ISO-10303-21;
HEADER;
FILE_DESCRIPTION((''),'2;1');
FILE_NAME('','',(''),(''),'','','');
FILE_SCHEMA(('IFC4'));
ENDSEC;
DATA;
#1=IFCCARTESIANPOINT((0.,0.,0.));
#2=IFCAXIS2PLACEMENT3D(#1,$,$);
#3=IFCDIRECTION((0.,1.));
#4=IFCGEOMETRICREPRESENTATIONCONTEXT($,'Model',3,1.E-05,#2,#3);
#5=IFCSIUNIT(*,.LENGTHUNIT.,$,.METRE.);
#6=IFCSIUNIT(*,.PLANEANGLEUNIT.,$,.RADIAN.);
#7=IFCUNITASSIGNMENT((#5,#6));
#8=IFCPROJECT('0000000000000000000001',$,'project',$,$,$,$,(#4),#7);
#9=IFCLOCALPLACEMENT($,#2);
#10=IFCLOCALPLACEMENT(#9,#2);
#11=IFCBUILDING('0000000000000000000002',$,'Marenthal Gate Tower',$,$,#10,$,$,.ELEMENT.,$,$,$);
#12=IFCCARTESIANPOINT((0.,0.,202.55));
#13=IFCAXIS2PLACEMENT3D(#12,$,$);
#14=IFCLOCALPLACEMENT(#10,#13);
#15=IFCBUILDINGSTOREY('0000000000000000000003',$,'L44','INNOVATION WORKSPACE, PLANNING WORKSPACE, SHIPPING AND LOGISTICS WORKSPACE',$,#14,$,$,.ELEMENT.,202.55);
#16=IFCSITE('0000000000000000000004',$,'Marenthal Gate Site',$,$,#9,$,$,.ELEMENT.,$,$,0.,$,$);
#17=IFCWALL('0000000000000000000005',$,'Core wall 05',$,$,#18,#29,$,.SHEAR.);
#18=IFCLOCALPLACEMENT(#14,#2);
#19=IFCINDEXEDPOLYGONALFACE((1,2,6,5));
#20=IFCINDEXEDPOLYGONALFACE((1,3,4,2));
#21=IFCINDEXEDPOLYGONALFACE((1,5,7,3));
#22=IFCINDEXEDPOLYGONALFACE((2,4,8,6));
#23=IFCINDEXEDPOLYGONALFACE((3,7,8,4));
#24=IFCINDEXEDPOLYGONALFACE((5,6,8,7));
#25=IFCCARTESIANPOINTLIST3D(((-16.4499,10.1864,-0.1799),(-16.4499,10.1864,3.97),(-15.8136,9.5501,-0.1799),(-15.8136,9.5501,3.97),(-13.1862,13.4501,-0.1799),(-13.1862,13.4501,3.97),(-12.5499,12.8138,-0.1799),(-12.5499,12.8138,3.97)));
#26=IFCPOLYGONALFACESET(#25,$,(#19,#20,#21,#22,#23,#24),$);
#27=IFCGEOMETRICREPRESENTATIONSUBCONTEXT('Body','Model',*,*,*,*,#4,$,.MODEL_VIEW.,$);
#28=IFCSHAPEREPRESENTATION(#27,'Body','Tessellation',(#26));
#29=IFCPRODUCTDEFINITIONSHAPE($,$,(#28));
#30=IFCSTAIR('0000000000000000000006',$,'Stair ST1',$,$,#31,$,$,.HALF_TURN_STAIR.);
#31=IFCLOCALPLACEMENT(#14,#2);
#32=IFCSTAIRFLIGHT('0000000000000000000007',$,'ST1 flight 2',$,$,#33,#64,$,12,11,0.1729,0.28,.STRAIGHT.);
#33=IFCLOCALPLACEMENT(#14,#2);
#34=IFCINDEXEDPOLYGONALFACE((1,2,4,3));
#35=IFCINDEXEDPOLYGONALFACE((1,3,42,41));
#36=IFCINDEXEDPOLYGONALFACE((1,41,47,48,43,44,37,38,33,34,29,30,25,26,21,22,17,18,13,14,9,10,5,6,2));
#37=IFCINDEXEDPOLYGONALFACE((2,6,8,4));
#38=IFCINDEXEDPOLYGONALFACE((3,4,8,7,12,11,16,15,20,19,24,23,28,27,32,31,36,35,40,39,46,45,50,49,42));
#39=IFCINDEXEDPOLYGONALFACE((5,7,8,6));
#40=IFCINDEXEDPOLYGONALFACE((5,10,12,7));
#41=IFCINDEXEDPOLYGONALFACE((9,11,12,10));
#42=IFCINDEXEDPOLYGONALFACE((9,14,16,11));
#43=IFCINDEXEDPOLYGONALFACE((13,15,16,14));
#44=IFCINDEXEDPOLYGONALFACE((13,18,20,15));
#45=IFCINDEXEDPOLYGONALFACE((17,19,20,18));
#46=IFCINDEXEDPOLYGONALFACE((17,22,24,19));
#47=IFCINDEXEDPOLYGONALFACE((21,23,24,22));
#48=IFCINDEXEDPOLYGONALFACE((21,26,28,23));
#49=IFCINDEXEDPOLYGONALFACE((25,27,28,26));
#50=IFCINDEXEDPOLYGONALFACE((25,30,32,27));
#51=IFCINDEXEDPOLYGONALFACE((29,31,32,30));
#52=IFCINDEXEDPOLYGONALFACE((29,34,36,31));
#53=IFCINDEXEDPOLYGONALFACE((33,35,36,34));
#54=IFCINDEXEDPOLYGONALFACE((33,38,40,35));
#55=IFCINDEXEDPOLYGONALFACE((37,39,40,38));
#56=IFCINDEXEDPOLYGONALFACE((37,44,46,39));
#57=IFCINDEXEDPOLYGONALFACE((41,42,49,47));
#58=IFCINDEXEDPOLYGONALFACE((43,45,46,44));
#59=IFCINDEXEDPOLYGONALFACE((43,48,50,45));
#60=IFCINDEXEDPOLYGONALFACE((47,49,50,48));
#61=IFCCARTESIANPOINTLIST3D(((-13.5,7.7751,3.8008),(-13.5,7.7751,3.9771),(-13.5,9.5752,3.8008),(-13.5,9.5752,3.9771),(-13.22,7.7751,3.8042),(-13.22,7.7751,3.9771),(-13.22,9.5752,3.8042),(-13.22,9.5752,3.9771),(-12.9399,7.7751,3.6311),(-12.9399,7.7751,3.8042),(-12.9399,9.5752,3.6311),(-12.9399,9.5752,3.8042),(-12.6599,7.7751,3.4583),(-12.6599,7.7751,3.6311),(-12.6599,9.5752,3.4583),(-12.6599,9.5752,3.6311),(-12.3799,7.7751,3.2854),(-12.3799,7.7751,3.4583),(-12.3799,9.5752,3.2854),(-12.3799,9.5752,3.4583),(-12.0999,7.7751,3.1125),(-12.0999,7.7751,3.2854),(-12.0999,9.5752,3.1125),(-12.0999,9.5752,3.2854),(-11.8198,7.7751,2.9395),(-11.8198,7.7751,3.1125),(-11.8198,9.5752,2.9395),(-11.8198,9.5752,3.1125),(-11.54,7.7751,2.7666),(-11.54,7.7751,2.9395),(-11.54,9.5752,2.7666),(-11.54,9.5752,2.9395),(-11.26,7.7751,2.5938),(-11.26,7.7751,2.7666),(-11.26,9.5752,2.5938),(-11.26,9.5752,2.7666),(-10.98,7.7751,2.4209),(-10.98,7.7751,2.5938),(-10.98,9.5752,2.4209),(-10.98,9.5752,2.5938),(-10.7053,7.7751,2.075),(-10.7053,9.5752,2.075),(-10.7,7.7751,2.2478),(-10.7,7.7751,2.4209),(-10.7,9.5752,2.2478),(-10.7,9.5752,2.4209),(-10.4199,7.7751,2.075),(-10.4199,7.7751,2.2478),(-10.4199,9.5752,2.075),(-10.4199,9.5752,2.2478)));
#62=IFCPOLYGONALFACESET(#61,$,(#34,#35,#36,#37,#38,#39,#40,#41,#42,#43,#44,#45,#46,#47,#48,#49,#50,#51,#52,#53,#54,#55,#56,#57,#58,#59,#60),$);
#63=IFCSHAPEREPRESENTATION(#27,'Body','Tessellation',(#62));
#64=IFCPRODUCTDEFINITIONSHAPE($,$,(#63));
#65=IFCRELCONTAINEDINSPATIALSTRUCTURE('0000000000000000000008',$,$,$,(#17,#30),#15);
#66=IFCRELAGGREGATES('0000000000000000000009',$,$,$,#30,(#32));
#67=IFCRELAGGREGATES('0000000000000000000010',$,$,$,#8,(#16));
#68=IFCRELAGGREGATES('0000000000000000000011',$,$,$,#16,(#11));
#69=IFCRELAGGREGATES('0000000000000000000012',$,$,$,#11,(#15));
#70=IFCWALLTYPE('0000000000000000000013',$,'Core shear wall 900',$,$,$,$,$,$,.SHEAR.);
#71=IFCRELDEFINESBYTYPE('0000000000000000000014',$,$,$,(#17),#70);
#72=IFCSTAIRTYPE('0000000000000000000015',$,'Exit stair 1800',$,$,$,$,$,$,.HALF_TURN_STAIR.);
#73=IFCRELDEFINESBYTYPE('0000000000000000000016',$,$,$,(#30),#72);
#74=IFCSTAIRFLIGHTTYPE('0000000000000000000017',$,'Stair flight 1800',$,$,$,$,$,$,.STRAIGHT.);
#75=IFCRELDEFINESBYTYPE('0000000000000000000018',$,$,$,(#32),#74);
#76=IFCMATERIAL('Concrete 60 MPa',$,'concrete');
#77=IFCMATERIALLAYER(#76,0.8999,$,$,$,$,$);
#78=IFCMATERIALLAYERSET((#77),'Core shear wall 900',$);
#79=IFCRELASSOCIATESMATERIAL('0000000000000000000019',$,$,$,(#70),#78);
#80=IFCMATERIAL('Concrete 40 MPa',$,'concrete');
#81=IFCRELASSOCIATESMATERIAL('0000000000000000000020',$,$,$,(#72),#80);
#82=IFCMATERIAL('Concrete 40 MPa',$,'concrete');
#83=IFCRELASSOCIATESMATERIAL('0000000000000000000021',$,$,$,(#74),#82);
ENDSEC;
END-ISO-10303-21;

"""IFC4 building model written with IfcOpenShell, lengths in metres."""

from ifc_helpers import new_model, si_unit, direction, frame, frame_2d, origin, place, context, subcontext, project, spatial, polyline, rectangle, outline, extrude, material, layer, layer_set, type_object, element, aggregate, save


model = new_model("IFC4")

# Units and contexts
model_context = context("Model", 3, precision=1e-05, world=origin(), true_north=direction((0.0, 1.0)))
body_context = subcontext(model_context, "Body", "Model", "MODEL_VIEW")
ifc_project = project(units=[si_unit("LENGTHUNIT", "METRE"), si_unit("PLANEANGLEUNIT", "RADIAN")], contexts=[model_context])

# Site, building, storey
site_placement = place(None, origin())
site = spatial("IfcSite", under=ifc_project, at=site_placement, Name="Marenthal Gate Site", CompositionType="ELEMENT", RefElevation=0.0)
building_placement = place(site_placement, origin())
building = spatial("IfcBuilding", under=site, at=building_placement, Name="Marenthal Gate Tower", CompositionType="ELEMENT")
storey_placement = place(building_placement, frame((0.0, 0.0, 202.55)))
storey = spatial("IfcBuildingStorey", under=building, at=storey_placement, Name="L44", Description="INNOVATION WORKSPACE, PLANNING WORKSPACE, SHIPPING AND LOGISTICS WORKSPACE", CompositionType="ELEMENT", Elevation=202.55)

# Wall
ifc_material_1 = material(Name="Concrete 60 MPa", Category="concrete")
ifc_layer_1 = layer(ifc_material_1, 0.8999)
ifc_layer_set_1 = layer_set([ifc_layer_1], Name="Core shear wall 900")
wall_type = type_object("IfcWallType", Name="Core shear wall 900", PredefinedType="SHEAR", material=ifc_layer_set_1)
wall_placement = place(storey_placement, frame((-12.8682, 13.1318, -0.1799), z_axis=(0.0, 0.0, 1.0), x_axis=(-0.707107, -0.707107, 0.0)))
element("IfcWall", 1, at=wall_placement, inside=storey, type_object=wall_type, Name="Core wall 05", PredefinedType="SHEAR", context=body_context, shape_type="SweptSolid", body=[
    extrude(rectangle(XDim=4.6155, YDim=0.8999, at=frame_2d((2.3076, 0.0))), origin(), (0.0, 0.0, 1.0), 4.1499),
])

# Stair, stair flight
ifc_material_2 = material(Name="Concrete 40 MPa", Category="concrete")
stair_type = type_object("IfcStairType", Name="Exit stair 1800", PredefinedType="HALF_TURN_STAIR", material=ifc_material_2)
stair_placement = place(storey_placement, origin())
stair = element("IfcStair", 2, at=stair_placement, inside=storey, type_object=stair_type, Name="Stair ST1", PredefinedType="HALF_TURN_STAIR")
ifc_material_3 = material(Name="Concrete 40 MPa", Category="concrete")
stair_flight_type = type_object("IfcStairFlightType", Name="Stair flight 1800", PredefinedType="STRAIGHT", material=ifc_material_3)
stair_flight_placement = place(storey_placement, frame((-10.4199, 8.675, 2.075), z_axis=(0.0, 0.0, 1.0), x_axis=(-1.0, 0.0, 0.0)))
stair_flight = element("IfcStairFlight", 3, at=stair_flight_placement, type_object=stair_flight_type, Name="ST1 flight 2", NumberOfRisers=12, NumberOfTreads=11, PredefinedType="STRAIGHT", RiserHeight=0.1729, TreadLength=0.28, context=body_context, shape_type="SweptSolid", body=[
    extrude(outline(polyline([(0.0, 0.0), (0.0, 0.1729), (0.28, 0.1729), (0.28, 0.3459), (0.5601, 0.3459), (0.5601, 0.5188), (0.8401, 0.5188), (0.8401, 0.6917), (1.1201, 0.6917), (1.1201, 0.8645), (1.3999, 0.8645), (1.3999, 1.0376), (1.6799, 1.0376), (1.6799, 1.2104), (1.96, 1.2104), (1.96, 1.3833), (2.24, 1.3833), (2.24, 1.5562), (2.52, 1.5562), (2.52, 1.7292), (2.8, 1.7292), (2.8, 1.9021), (3.0801, 1.9021), (3.0801, 2.075), (3.0801, 1.7258), (0.2854, 0.0), (0.0, 0.0)])), frame((0.0, 0.8999, 0.0), z_axis=(0.0, -1.0, 0.0), x_axis=(1.0, 0.0, 0.0)), (0.0, 0.0, 1.0), 1.8),
])
aggregate(stair, [stair_flight])

save(model, "model.ifc")
